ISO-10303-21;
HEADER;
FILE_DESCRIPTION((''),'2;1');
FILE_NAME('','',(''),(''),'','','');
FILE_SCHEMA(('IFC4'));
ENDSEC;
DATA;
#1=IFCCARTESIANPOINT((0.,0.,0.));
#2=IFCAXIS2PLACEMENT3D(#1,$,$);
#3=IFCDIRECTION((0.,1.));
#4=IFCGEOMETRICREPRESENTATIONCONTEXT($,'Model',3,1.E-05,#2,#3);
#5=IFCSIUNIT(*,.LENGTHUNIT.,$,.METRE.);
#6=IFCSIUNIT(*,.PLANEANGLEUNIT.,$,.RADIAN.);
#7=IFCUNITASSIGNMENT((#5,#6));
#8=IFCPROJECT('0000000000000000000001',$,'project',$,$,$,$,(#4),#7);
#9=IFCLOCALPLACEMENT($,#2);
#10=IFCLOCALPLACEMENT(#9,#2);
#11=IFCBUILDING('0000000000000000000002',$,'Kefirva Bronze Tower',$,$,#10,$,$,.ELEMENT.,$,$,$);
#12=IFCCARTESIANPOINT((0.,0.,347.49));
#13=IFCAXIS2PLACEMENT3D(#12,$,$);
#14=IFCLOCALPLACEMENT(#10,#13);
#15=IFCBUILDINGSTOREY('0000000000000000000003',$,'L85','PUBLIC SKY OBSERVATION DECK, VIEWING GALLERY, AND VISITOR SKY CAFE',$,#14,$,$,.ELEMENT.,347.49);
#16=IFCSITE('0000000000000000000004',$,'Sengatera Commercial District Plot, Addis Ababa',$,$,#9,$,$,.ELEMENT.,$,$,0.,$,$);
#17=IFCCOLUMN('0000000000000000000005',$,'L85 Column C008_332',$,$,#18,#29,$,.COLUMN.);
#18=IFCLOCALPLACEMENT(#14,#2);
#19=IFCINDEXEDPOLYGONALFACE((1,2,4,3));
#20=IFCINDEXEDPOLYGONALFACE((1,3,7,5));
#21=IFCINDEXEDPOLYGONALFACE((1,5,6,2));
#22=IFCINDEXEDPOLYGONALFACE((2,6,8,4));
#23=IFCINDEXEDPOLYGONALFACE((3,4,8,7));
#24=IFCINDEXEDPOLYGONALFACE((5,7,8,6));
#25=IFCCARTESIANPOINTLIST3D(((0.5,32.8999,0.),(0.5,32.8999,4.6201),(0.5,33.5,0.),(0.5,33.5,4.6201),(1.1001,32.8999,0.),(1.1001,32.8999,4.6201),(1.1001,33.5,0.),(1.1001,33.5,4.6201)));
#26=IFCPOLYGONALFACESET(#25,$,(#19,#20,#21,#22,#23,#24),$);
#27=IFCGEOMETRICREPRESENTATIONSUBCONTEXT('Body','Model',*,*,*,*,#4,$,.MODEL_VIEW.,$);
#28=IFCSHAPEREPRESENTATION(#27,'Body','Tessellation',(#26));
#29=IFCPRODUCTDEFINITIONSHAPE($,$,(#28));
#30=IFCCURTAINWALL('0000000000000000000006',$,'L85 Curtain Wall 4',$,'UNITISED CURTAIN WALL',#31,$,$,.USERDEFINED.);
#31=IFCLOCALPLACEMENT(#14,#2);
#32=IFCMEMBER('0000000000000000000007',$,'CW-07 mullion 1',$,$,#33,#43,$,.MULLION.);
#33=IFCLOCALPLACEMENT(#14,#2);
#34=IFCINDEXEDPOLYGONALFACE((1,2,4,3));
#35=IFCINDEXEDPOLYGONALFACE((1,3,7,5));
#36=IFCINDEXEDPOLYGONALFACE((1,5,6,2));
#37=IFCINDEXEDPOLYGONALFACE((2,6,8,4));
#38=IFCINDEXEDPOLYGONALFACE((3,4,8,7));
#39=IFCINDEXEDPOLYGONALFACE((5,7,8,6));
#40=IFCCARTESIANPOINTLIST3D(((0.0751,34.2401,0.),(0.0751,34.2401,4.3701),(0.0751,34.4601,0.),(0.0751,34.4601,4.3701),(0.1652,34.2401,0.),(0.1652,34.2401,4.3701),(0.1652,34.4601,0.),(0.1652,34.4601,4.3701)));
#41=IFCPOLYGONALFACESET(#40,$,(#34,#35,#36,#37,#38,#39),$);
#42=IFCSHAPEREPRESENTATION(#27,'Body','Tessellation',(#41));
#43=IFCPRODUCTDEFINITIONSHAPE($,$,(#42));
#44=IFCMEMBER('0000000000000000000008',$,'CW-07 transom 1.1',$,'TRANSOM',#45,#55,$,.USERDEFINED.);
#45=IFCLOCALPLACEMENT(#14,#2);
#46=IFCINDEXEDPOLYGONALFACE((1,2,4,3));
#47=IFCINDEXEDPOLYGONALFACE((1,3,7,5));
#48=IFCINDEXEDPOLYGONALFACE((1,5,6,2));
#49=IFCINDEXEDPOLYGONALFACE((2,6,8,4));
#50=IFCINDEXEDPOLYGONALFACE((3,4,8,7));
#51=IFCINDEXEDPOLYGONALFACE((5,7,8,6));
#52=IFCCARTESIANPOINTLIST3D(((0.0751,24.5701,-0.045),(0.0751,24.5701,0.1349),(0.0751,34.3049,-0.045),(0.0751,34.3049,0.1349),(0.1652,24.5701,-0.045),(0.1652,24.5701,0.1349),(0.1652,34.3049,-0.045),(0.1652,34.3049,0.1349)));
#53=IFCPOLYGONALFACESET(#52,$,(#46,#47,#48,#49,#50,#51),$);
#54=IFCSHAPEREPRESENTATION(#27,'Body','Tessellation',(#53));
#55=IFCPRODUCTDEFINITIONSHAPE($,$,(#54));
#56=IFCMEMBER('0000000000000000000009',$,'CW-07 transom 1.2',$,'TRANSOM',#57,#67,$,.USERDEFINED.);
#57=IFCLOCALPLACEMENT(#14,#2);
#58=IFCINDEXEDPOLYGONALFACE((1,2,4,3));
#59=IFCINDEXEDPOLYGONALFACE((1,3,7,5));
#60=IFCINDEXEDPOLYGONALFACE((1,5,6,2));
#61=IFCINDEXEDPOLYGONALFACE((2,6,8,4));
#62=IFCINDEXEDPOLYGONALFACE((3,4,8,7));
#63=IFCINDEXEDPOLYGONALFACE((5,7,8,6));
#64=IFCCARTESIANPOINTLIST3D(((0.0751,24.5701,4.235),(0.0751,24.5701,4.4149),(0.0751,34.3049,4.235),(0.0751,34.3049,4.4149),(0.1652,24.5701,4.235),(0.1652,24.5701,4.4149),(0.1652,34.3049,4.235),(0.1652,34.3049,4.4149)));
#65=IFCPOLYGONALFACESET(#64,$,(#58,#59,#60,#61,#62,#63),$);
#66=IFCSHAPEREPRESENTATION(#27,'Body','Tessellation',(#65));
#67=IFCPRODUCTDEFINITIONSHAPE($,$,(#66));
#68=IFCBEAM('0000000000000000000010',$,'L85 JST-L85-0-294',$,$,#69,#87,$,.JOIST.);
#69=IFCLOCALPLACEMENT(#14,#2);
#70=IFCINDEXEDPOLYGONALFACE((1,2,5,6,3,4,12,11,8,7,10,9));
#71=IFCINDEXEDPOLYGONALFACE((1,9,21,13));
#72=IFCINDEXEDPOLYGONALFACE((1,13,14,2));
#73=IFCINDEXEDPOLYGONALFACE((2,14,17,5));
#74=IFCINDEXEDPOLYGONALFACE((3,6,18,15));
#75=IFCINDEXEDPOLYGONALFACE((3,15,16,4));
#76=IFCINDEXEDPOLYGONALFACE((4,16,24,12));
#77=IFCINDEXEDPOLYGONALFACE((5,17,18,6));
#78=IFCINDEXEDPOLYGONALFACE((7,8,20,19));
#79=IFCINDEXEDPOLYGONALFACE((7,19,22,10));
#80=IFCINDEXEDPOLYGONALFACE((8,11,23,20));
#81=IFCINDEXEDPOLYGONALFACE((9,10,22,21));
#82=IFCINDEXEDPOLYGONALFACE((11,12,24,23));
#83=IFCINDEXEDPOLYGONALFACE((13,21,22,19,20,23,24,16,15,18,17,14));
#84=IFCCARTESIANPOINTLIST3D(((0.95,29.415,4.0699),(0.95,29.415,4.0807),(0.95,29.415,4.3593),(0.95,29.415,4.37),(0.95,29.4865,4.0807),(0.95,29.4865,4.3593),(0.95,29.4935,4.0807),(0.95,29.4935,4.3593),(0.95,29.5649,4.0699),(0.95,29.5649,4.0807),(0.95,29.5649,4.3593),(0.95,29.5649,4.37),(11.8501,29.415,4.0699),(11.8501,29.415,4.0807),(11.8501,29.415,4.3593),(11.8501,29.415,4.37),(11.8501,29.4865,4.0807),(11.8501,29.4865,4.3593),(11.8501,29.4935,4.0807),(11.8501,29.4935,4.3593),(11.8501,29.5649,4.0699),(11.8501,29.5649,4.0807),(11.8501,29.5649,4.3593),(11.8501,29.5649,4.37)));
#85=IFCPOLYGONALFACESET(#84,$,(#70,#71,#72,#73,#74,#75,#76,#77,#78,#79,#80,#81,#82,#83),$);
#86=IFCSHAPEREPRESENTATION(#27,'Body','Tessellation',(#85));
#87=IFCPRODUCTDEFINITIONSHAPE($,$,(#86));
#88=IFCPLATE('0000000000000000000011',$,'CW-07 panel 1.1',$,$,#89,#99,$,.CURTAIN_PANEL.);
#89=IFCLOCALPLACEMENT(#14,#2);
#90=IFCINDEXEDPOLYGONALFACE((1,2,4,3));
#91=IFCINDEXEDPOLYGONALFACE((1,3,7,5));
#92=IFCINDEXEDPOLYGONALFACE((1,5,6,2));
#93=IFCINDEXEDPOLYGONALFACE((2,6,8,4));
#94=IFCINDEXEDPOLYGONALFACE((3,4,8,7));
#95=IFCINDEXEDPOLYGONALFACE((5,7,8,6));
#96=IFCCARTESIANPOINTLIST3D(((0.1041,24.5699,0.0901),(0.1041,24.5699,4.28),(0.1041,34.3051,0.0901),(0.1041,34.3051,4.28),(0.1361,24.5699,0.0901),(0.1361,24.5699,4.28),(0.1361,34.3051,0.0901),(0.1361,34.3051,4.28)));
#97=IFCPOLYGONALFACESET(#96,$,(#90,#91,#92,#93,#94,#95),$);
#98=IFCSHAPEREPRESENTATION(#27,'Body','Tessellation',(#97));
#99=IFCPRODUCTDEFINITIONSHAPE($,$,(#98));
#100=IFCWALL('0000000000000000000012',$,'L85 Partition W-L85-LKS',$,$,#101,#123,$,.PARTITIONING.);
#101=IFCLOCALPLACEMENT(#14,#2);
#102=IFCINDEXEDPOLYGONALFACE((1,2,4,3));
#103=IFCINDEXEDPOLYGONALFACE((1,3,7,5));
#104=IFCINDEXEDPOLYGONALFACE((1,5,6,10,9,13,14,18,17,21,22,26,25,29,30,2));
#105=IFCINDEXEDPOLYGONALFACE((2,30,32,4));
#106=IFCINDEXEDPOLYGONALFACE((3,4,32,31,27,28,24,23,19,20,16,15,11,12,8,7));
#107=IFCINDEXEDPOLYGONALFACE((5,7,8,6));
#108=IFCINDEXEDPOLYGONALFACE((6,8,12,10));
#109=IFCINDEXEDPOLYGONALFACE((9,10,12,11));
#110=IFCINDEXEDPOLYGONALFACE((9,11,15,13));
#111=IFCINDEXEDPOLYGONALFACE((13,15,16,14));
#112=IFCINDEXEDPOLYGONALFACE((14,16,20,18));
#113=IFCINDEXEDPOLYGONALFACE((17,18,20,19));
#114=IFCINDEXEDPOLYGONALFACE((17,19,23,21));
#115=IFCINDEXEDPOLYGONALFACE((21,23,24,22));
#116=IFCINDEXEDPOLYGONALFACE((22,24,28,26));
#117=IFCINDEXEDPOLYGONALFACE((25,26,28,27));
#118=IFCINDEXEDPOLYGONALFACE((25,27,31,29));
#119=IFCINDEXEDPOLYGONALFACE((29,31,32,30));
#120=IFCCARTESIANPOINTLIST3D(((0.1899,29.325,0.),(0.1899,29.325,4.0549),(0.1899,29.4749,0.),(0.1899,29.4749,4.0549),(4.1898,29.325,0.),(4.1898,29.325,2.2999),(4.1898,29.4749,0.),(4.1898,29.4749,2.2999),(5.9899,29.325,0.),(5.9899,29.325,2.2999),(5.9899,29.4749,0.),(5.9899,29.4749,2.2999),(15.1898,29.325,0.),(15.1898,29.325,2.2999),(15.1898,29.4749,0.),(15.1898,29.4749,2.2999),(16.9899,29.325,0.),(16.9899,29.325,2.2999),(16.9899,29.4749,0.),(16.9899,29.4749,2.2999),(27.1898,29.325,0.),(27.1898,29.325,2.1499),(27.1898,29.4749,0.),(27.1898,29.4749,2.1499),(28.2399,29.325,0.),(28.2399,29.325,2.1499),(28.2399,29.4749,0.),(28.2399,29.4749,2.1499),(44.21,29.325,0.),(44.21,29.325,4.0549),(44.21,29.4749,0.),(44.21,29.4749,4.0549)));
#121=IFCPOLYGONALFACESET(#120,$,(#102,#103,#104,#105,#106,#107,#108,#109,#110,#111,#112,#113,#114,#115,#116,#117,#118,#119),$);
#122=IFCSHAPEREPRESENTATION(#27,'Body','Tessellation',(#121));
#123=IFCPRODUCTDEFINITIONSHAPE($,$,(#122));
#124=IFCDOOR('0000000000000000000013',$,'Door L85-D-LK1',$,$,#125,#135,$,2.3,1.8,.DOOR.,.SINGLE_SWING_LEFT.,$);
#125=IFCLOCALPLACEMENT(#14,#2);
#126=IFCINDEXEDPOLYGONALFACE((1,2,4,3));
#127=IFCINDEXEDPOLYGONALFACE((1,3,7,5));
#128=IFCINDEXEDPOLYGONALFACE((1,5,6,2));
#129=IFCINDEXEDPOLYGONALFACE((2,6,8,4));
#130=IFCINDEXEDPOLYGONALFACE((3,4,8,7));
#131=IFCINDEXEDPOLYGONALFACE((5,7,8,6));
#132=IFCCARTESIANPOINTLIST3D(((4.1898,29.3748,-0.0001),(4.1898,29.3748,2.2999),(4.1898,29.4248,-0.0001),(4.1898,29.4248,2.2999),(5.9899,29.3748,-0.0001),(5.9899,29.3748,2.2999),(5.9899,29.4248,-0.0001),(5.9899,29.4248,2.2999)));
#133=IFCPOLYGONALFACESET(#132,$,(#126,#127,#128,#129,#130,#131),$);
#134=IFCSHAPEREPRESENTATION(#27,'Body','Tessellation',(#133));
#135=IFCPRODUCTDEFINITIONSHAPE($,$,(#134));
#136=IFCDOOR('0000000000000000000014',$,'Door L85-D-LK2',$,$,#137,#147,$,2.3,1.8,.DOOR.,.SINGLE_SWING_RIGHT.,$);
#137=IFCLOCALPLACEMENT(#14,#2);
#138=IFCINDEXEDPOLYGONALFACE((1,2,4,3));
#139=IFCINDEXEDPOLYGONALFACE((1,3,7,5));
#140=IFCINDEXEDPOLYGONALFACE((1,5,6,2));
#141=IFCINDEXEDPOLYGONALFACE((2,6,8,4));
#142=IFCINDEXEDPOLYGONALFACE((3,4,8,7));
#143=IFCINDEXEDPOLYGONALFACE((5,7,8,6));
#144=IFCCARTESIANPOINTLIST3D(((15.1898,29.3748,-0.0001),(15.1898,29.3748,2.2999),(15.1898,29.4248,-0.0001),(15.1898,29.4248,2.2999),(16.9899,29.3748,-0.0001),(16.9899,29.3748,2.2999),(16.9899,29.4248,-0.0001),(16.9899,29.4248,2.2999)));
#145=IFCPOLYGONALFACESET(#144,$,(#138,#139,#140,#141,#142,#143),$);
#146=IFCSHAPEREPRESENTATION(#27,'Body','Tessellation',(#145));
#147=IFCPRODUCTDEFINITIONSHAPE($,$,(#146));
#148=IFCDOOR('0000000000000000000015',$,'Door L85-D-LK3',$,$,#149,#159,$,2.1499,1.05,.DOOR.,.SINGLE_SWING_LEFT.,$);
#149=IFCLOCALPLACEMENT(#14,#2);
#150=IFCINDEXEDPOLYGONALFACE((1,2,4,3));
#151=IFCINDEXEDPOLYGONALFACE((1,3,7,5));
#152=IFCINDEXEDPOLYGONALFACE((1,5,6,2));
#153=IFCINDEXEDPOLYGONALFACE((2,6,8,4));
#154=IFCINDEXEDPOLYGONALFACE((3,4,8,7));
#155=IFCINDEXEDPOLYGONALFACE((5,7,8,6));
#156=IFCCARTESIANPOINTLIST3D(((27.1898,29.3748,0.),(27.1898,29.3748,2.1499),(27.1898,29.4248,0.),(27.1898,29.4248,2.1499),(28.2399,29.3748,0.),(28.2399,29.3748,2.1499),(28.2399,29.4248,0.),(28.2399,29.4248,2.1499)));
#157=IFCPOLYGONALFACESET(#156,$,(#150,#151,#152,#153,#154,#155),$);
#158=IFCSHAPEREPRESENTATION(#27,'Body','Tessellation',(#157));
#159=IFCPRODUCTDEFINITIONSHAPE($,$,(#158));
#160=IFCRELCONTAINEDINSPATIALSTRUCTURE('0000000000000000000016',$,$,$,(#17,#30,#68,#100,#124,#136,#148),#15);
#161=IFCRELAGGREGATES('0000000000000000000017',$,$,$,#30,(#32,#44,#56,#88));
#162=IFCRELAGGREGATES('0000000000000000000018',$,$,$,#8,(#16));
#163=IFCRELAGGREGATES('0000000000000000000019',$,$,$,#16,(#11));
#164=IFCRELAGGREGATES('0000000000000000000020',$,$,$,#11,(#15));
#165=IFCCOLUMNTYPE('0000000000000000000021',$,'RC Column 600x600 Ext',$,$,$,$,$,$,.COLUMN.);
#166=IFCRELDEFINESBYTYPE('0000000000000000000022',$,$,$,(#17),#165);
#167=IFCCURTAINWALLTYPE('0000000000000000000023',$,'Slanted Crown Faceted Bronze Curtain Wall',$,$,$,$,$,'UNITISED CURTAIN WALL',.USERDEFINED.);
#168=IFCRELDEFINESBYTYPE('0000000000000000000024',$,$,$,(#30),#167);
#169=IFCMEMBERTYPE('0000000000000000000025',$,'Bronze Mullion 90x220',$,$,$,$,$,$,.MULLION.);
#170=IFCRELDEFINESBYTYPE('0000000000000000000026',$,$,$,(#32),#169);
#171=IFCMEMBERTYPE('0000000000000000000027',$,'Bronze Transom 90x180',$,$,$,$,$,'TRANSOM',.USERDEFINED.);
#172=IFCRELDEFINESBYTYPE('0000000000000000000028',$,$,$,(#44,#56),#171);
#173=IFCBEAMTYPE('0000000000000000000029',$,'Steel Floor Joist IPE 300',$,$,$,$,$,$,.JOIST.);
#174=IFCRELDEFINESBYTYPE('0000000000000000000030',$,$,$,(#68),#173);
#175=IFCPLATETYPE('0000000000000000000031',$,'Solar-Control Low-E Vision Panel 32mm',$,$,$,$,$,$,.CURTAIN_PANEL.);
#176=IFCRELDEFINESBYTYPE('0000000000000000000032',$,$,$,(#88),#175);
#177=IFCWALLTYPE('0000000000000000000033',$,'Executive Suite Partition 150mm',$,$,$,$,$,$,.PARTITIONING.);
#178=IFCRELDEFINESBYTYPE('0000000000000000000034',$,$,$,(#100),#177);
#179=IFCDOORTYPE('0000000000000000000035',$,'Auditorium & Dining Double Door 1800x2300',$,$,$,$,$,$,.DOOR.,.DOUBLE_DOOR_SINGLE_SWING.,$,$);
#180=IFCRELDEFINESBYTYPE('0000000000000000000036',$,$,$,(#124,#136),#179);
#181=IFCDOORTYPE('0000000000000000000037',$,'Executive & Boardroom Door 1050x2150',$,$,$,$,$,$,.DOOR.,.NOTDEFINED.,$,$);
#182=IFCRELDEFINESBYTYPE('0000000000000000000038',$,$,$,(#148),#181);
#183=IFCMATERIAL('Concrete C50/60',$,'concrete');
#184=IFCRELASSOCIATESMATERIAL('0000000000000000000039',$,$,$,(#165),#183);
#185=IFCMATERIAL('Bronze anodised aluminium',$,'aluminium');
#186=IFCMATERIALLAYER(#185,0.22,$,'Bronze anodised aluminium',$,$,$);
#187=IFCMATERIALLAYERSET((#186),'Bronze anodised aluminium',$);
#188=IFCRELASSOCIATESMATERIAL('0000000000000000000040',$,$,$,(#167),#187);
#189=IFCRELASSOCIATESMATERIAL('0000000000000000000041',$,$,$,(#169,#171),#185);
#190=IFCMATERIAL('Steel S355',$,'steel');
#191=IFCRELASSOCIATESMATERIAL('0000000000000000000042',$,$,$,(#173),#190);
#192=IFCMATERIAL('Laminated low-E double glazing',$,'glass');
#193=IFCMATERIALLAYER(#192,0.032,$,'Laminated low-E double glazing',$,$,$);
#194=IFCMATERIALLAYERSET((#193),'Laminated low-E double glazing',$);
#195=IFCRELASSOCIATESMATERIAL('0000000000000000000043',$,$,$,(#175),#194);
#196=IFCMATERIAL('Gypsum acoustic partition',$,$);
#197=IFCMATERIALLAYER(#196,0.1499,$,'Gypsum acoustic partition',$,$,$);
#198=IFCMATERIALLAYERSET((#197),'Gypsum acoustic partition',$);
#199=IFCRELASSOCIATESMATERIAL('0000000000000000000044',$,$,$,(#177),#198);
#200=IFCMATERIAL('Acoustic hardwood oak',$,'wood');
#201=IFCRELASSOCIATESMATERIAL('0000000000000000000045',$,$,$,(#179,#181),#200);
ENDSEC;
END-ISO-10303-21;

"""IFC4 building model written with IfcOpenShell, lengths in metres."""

from ifc_helpers import new_model, si_unit, direction, frame, frame_2d, origin, origin_2d, place, context, subcontext, project, spatial, rectangle, i_section, extrude, material, layer, layer_set, material_profile, profile_set, type_object, element, fill, aggregate, save


model = new_model("IFC4")

# Units and contexts
model_context = context("Model", 3, precision=1e-05, world=origin(), true_north=direction((0.0, 1.0)))
body_context = subcontext(model_context, "Body", "Model", "MODEL_VIEW")
ifc_project = project(units=[si_unit("LENGTHUNIT", "METRE"), si_unit("PLANEANGLEUNIT", "RADIAN")], contexts=[model_context])

# Site, building, storey
site_placement = place(None, origin())
site = spatial("IfcSite", under=ifc_project, at=site_placement, Name="Sengatera Commercial District Plot, Addis Ababa", CompositionType="ELEMENT", RefElevation=0.0)
building_placement = place(site_placement, origin())
building = spatial("IfcBuilding", under=site, at=building_placement, Name="Kefirva Bronze Tower", CompositionType="ELEMENT")
storey_placement = place(building_placement, frame((0.0, 0.0, 347.49)))
storey = spatial("IfcBuildingStorey", under=building, at=storey_placement, Name="L85", Description="PUBLIC SKY OBSERVATION DECK, VIEWING GALLERY, AND VISITOR SKY CAFE", CompositionType="ELEMENT", Elevation=347.49)

# Column
ifc_material_1 = material(Name="Concrete C50/60", Category="concrete")
ifc_material_profile_1 = material_profile(ifc_material_1, rectangle(XDim=0.6001, YDim=0.6001, at=origin_2d()), Name="RC 600x600")
ifc_profile_set_1 = profile_set([ifc_material_profile_1], Name="Concrete C50/60")
column_type = type_object("IfcColumnType", Name="RC Column 600x600 Ext", PredefinedType="COLUMN", material=ifc_profile_set_1)
column_placement = place(storey_placement, frame((0.8, 33.2, 0.0), z_axis=(0.0, 0.0, 1.0), x_axis=(1.0, 0.0, 0.0)))
element("IfcColumn", 1, at=column_placement, inside=storey, type_object=column_type, Name="L85 Column C008_332", PredefinedType="COLUMN", context=body_context, shape_type="SweptSolid", body=[
    extrude(rectangle(XDim=0.6001, YDim=0.6001, at=origin_2d()), origin(), (0.0, 0.0, 1.0), 4.6201),
])

# Curtain wall, members
ifc_material_2 = material(Name="Bronze anodised aluminium", Category="aluminium")
ifc_layer_1 = layer(ifc_material_2, 0.22, Name="Bronze anodised aluminium")
ifc_layer_set_1 = layer_set([ifc_layer_1], Name="Bronze anodised aluminium")
curtain_wall_type = type_object("IfcCurtainWallType", Name="Slanted Crown Faceted Bronze Curtain Wall", ElementType="UNITISED CURTAIN WALL", PredefinedType="USERDEFINED", material=ifc_layer_set_1)
curtain_wall_placement = place(storey_placement, origin())
curtain_wall = element("IfcCurtainWall", 2, at=curtain_wall_placement, inside=storey, type_object=curtain_wall_type, Name="L85 Curtain Wall 4", ObjectType="UNITISED CURTAIN WALL", PredefinedType="USERDEFINED")
ifc_material_profile_2 = material_profile(ifc_material_2, rectangle(XDim=0.0901, YDim=0.22, at=origin_2d()), Name="ALU 90x220")
ifc_profile_set_2 = profile_set([ifc_material_profile_2], Name="Bronze anodised aluminium")
member_type_1 = type_object("IfcMemberType", Name="Bronze Mullion 90x220", PredefinedType="MULLION", material=ifc_profile_set_2)
member_1_placement = place(storey_placement, frame((0.1201, 34.3501, 0.0), z_axis=(0.0, 0.0, 1.0), x_axis=(1.0, 0.0, 0.0)))
member_1 = element("IfcMember", 3, at=member_1_placement, type_object=member_type_1, Name="CW-07 mullion 1", PredefinedType="MULLION", context=body_context, shape_type="SweptSolid", body=[
    extrude(rectangle(XDim=0.0901, YDim=0.22, at=origin_2d()), origin(), (0.0, 0.0, 1.0), 4.3701),
])
ifc_material_profile_3 = material_profile(ifc_material_2, rectangle(XDim=0.0901, YDim=0.1799, at=origin_2d()), Name="ALU 90x180")
ifc_profile_set_3 = profile_set([ifc_material_profile_3], Name="Bronze anodised aluminium")
member_type_2 = type_object("IfcMemberType", Name="Bronze Transom 90x180", ElementType="TRANSOM", PredefinedType="USERDEFINED", material=ifc_profile_set_3)
member_2_placement = place(storey_placement, frame((0.1201, 34.3049, 0.0449), z_axis=(0.0, -1.0, 0.0), x_axis=(1.0, 0.0, 0.0)))
member_2 = element("IfcMember", 4, at=member_2_placement, type_object=member_type_2, Name="CW-07 transom 1.1", ObjectType="TRANSOM", PredefinedType="USERDEFINED", context=body_context, shape_type="SweptSolid", body=[
    extrude(rectangle(XDim=0.0901, YDim=0.1799, at=origin_2d()), origin(), (0.0, 0.0, 1.0), 9.7349),
])
member_3_placement = place(storey_placement, frame((0.1201, 34.3049, 4.325), z_axis=(0.0, -1.0, 0.0), x_axis=(1.0, 0.0, 0.0)))
member_3 = element("IfcMember", 5, at=member_3_placement, type_object=member_type_2, Name="CW-07 transom 1.2", ObjectType="TRANSOM", PredefinedType="USERDEFINED", context=body_context, shape_type="SweptSolid", body=[
    extrude(rectangle(XDim=0.0901, YDim=0.1799, at=origin_2d()), origin(), (0.0, 0.0, 1.0), 9.7349),
])

# Beam
ifc_material_3 = material(Name="Steel S355", Category="steel")
ifc_material_profile_4 = material_profile(ifc_material_3, i_section(OverallWidth=0.1499, OverallDepth=0.3, WebThickness=0.0071, FlangeThickness=0.0107, at=origin_2d()), Name="IPE 300")
ifc_profile_set_4 = profile_set([ifc_material_profile_4], Name="Steel S355")
beam_type = type_object("IfcBeamType", Name="Steel Floor Joist IPE 300", PredefinedType="JOIST", material=ifc_profile_set_4)
beam_placement = place(storey_placement, frame((0.95, 29.49, 4.22), z_axis=(1.0, 0.0, 0.0), x_axis=(0.0, 1.0, 0.0)))
element("IfcBeam", 6, at=beam_placement, inside=storey, type_object=beam_type, Name="L85 JST-L85-0-294", PredefinedType="JOIST", context=body_context, shape_type="SweptSolid", body=[
    extrude(i_section(OverallWidth=0.1499, OverallDepth=0.3, WebThickness=0.0071, FlangeThickness=0.0107, at=origin_2d()), origin(), (0.0, 0.0, 1.0), 10.9001),
])

# Plate
ifc_material_4 = material(Name="Laminated low-E double glazing", Category="glass")
ifc_layer_2 = layer(ifc_material_4, 0.032, Name="Laminated low-E double glazing")
ifc_layer_set_2 = layer_set([ifc_layer_2], Name="Laminated low-E double glazing")
plate_type = type_object("IfcPlateType", Name="Solar-Control Low-E Vision Panel 32mm", PredefinedType="CURTAIN_PANEL", material=ifc_layer_set_2)
plate_placement = place(storey_placement, frame((0.1201, 29.4375, 0.0901), z_axis=(0.0, 0.0, 1.0), x_axis=(0.0, -1.0, 0.0)))
plate = element("IfcPlate", 7, at=plate_placement, type_object=plate_type, Name="CW-07 panel 1.1", PredefinedType="CURTAIN_PANEL", context=body_context, shape_type="SweptSolid", body=[
    extrude(rectangle(XDim=9.7351, YDim=0.032, at=origin_2d()), origin(), (0.0, 0.0, 1.0), 4.1899),
])
aggregate(curtain_wall, [member_1, member_2, member_3, plate])

# Wall, openings, doors
ifc_material_5 = material(Name="Gypsum acoustic partition")
ifc_layer_3 = layer(ifc_material_5, 0.1499, Name="Gypsum acoustic partition")
ifc_layer_set_3 = layer_set([ifc_layer_3], Name="Gypsum acoustic partition")
wall_type_1 = type_object("IfcWallType", Name="Executive Suite Partition 150mm", PredefinedType="PARTITIONING", material=ifc_layer_set_3)
wall_1_placement = place(storey_placement, frame((0.1899, 29.3999, 0.0), z_axis=(0.0, 0.0, 1.0), x_axis=(1.0, 0.0, 0.0)))
wall_1 = element("IfcWall", 8, at=wall_1_placement, inside=storey, type_object=wall_type_1, Name="L85 Partition W-L85-LKS", PredefinedType="PARTITIONING", context=body_context, shape_type="SweptSolid", body=[
    extrude(rectangle(XDim=44.02, YDim=0.1499, at=frame_2d((22.01, 0.0))), origin(), (0.0, 0.0, 1.0), 4.0549),
])
opening_1_placement = place(wall_1_placement, frame((4.0, 0.0, 0.0)))
opening_1 = element("IfcOpeningElement", 9, at=opening_1_placement, cuts=wall_1, PredefinedType="OPENING", context=body_context, shape_type="SweptSolid", body=[
    extrude(rectangle(XDim=1.8, YDim=2.3, at=frame_2d((0.8999, 1.1499))), frame((0.0, 0.085, 0.0), z_axis=(0.0, -1.0, 0.0), x_axis=(1.0, 0.0, 0.0)), (0.0, 0.0, 1.0), 0.1699),
])
opening_2_placement = place(wall_1_placement, frame((15.0, 0.0, 0.0)))
opening_2 = element("IfcOpeningElement", 10, at=opening_2_placement, cuts=wall_1, PredefinedType="OPENING", context=body_context, shape_type="SweptSolid", body=[
    extrude(rectangle(XDim=1.8, YDim=2.3, at=frame_2d((0.8999, 1.1499))), frame((0.0, 0.085, 0.0), z_axis=(0.0, -1.0, 0.0), x_axis=(1.0, 0.0, 0.0)), (0.0, 0.0, 1.0), 0.1699),
])
opening_3_placement = place(wall_1_placement, frame((27.0, 0.0, 0.0)))
opening_3 = element("IfcOpeningElement", 11, at=opening_3_placement, cuts=wall_1, PredefinedType="OPENING", context=body_context, shape_type="SweptSolid", body=[
    extrude(rectangle(XDim=1.05, YDim=2.1499, at=frame_2d((0.5249, 1.075))), frame((0.0, 0.085, 0.0), z_axis=(0.0, -1.0, 0.0), x_axis=(1.0, 0.0, 0.0)), (0.0, 0.0, 1.0), 0.1699),
])
ifc_material_6 = material(Name="Acoustic hardwood oak", Category="wood")
door_type_1 = type_object("IfcDoorType", Name="Auditorium & Dining Double Door 1800x2300", OperationType="DOUBLE_DOOR_SINGLE_SWING", PredefinedType="DOOR", material=ifc_material_6)
door_1_placement = place(opening_1_placement, origin())
door_1 = element("IfcDoor", 12, at=door_1_placement, inside=storey, type_object=door_type_1, Name="Door L85-D-LK1", OperationType="SINGLE_SWING_LEFT", OverallHeight=2.3, OverallWidth=1.8, PredefinedType="DOOR", context=body_context, shape_type="SweptSolid", body=[
    extrude(rectangle(XDim=1.8, YDim=2.3, at=frame_2d((0.8999, 1.1499))), frame((0.0, 0.0249, 0.0), z_axis=(0.0, -1.0, 0.0), x_axis=(1.0, 0.0, 0.0)), (0.0, 0.0, 1.0), 0.05),
])
fill(opening_1, door_1)
door_2_placement = place(opening_2_placement, origin())
door_2 = element("IfcDoor", 13, at=door_2_placement, inside=storey, type_object=door_type_1, Name="Door L85-D-LK2", OperationType="SINGLE_SWING_RIGHT", OverallHeight=2.3, OverallWidth=1.8, PredefinedType="DOOR", context=body_context, shape_type="SweptSolid", body=[
    extrude(rectangle(XDim=1.8, YDim=2.3, at=frame_2d((0.8999, 1.1499))), frame((0.0, 0.0249, 0.0), z_axis=(0.0, -1.0, 0.0), x_axis=(1.0, 0.0, 0.0)), (0.0, 0.0, 1.0), 0.05),
])
fill(opening_2, door_2)
door_type_2 = type_object("IfcDoorType", Name="Executive & Boardroom Door 1050x2150", OperationType="NOTDEFINED", PredefinedType="DOOR", material=ifc_material_6)
door_3_placement = place(opening_3_placement, origin())
door_3 = element("IfcDoor", 14, at=door_3_placement, inside=storey, type_object=door_type_2, Name="Door L85-D-LK3", OperationType="SINGLE_SWING_LEFT", OverallHeight=2.1499, OverallWidth=1.05, PredefinedType="DOOR", context=body_context, shape_type="SweptSolid", body=[
    extrude(rectangle(XDim=1.05, YDim=2.1499, at=frame_2d((0.5249, 1.075))), frame((0.0, 0.0249, 0.0), z_axis=(0.0, -1.0, 0.0), x_axis=(1.0, 0.0, 0.0)), (0.0, 0.0, 1.0), 0.05),
])
fill(opening_3, door_3)

save(model, "model.ifc")
